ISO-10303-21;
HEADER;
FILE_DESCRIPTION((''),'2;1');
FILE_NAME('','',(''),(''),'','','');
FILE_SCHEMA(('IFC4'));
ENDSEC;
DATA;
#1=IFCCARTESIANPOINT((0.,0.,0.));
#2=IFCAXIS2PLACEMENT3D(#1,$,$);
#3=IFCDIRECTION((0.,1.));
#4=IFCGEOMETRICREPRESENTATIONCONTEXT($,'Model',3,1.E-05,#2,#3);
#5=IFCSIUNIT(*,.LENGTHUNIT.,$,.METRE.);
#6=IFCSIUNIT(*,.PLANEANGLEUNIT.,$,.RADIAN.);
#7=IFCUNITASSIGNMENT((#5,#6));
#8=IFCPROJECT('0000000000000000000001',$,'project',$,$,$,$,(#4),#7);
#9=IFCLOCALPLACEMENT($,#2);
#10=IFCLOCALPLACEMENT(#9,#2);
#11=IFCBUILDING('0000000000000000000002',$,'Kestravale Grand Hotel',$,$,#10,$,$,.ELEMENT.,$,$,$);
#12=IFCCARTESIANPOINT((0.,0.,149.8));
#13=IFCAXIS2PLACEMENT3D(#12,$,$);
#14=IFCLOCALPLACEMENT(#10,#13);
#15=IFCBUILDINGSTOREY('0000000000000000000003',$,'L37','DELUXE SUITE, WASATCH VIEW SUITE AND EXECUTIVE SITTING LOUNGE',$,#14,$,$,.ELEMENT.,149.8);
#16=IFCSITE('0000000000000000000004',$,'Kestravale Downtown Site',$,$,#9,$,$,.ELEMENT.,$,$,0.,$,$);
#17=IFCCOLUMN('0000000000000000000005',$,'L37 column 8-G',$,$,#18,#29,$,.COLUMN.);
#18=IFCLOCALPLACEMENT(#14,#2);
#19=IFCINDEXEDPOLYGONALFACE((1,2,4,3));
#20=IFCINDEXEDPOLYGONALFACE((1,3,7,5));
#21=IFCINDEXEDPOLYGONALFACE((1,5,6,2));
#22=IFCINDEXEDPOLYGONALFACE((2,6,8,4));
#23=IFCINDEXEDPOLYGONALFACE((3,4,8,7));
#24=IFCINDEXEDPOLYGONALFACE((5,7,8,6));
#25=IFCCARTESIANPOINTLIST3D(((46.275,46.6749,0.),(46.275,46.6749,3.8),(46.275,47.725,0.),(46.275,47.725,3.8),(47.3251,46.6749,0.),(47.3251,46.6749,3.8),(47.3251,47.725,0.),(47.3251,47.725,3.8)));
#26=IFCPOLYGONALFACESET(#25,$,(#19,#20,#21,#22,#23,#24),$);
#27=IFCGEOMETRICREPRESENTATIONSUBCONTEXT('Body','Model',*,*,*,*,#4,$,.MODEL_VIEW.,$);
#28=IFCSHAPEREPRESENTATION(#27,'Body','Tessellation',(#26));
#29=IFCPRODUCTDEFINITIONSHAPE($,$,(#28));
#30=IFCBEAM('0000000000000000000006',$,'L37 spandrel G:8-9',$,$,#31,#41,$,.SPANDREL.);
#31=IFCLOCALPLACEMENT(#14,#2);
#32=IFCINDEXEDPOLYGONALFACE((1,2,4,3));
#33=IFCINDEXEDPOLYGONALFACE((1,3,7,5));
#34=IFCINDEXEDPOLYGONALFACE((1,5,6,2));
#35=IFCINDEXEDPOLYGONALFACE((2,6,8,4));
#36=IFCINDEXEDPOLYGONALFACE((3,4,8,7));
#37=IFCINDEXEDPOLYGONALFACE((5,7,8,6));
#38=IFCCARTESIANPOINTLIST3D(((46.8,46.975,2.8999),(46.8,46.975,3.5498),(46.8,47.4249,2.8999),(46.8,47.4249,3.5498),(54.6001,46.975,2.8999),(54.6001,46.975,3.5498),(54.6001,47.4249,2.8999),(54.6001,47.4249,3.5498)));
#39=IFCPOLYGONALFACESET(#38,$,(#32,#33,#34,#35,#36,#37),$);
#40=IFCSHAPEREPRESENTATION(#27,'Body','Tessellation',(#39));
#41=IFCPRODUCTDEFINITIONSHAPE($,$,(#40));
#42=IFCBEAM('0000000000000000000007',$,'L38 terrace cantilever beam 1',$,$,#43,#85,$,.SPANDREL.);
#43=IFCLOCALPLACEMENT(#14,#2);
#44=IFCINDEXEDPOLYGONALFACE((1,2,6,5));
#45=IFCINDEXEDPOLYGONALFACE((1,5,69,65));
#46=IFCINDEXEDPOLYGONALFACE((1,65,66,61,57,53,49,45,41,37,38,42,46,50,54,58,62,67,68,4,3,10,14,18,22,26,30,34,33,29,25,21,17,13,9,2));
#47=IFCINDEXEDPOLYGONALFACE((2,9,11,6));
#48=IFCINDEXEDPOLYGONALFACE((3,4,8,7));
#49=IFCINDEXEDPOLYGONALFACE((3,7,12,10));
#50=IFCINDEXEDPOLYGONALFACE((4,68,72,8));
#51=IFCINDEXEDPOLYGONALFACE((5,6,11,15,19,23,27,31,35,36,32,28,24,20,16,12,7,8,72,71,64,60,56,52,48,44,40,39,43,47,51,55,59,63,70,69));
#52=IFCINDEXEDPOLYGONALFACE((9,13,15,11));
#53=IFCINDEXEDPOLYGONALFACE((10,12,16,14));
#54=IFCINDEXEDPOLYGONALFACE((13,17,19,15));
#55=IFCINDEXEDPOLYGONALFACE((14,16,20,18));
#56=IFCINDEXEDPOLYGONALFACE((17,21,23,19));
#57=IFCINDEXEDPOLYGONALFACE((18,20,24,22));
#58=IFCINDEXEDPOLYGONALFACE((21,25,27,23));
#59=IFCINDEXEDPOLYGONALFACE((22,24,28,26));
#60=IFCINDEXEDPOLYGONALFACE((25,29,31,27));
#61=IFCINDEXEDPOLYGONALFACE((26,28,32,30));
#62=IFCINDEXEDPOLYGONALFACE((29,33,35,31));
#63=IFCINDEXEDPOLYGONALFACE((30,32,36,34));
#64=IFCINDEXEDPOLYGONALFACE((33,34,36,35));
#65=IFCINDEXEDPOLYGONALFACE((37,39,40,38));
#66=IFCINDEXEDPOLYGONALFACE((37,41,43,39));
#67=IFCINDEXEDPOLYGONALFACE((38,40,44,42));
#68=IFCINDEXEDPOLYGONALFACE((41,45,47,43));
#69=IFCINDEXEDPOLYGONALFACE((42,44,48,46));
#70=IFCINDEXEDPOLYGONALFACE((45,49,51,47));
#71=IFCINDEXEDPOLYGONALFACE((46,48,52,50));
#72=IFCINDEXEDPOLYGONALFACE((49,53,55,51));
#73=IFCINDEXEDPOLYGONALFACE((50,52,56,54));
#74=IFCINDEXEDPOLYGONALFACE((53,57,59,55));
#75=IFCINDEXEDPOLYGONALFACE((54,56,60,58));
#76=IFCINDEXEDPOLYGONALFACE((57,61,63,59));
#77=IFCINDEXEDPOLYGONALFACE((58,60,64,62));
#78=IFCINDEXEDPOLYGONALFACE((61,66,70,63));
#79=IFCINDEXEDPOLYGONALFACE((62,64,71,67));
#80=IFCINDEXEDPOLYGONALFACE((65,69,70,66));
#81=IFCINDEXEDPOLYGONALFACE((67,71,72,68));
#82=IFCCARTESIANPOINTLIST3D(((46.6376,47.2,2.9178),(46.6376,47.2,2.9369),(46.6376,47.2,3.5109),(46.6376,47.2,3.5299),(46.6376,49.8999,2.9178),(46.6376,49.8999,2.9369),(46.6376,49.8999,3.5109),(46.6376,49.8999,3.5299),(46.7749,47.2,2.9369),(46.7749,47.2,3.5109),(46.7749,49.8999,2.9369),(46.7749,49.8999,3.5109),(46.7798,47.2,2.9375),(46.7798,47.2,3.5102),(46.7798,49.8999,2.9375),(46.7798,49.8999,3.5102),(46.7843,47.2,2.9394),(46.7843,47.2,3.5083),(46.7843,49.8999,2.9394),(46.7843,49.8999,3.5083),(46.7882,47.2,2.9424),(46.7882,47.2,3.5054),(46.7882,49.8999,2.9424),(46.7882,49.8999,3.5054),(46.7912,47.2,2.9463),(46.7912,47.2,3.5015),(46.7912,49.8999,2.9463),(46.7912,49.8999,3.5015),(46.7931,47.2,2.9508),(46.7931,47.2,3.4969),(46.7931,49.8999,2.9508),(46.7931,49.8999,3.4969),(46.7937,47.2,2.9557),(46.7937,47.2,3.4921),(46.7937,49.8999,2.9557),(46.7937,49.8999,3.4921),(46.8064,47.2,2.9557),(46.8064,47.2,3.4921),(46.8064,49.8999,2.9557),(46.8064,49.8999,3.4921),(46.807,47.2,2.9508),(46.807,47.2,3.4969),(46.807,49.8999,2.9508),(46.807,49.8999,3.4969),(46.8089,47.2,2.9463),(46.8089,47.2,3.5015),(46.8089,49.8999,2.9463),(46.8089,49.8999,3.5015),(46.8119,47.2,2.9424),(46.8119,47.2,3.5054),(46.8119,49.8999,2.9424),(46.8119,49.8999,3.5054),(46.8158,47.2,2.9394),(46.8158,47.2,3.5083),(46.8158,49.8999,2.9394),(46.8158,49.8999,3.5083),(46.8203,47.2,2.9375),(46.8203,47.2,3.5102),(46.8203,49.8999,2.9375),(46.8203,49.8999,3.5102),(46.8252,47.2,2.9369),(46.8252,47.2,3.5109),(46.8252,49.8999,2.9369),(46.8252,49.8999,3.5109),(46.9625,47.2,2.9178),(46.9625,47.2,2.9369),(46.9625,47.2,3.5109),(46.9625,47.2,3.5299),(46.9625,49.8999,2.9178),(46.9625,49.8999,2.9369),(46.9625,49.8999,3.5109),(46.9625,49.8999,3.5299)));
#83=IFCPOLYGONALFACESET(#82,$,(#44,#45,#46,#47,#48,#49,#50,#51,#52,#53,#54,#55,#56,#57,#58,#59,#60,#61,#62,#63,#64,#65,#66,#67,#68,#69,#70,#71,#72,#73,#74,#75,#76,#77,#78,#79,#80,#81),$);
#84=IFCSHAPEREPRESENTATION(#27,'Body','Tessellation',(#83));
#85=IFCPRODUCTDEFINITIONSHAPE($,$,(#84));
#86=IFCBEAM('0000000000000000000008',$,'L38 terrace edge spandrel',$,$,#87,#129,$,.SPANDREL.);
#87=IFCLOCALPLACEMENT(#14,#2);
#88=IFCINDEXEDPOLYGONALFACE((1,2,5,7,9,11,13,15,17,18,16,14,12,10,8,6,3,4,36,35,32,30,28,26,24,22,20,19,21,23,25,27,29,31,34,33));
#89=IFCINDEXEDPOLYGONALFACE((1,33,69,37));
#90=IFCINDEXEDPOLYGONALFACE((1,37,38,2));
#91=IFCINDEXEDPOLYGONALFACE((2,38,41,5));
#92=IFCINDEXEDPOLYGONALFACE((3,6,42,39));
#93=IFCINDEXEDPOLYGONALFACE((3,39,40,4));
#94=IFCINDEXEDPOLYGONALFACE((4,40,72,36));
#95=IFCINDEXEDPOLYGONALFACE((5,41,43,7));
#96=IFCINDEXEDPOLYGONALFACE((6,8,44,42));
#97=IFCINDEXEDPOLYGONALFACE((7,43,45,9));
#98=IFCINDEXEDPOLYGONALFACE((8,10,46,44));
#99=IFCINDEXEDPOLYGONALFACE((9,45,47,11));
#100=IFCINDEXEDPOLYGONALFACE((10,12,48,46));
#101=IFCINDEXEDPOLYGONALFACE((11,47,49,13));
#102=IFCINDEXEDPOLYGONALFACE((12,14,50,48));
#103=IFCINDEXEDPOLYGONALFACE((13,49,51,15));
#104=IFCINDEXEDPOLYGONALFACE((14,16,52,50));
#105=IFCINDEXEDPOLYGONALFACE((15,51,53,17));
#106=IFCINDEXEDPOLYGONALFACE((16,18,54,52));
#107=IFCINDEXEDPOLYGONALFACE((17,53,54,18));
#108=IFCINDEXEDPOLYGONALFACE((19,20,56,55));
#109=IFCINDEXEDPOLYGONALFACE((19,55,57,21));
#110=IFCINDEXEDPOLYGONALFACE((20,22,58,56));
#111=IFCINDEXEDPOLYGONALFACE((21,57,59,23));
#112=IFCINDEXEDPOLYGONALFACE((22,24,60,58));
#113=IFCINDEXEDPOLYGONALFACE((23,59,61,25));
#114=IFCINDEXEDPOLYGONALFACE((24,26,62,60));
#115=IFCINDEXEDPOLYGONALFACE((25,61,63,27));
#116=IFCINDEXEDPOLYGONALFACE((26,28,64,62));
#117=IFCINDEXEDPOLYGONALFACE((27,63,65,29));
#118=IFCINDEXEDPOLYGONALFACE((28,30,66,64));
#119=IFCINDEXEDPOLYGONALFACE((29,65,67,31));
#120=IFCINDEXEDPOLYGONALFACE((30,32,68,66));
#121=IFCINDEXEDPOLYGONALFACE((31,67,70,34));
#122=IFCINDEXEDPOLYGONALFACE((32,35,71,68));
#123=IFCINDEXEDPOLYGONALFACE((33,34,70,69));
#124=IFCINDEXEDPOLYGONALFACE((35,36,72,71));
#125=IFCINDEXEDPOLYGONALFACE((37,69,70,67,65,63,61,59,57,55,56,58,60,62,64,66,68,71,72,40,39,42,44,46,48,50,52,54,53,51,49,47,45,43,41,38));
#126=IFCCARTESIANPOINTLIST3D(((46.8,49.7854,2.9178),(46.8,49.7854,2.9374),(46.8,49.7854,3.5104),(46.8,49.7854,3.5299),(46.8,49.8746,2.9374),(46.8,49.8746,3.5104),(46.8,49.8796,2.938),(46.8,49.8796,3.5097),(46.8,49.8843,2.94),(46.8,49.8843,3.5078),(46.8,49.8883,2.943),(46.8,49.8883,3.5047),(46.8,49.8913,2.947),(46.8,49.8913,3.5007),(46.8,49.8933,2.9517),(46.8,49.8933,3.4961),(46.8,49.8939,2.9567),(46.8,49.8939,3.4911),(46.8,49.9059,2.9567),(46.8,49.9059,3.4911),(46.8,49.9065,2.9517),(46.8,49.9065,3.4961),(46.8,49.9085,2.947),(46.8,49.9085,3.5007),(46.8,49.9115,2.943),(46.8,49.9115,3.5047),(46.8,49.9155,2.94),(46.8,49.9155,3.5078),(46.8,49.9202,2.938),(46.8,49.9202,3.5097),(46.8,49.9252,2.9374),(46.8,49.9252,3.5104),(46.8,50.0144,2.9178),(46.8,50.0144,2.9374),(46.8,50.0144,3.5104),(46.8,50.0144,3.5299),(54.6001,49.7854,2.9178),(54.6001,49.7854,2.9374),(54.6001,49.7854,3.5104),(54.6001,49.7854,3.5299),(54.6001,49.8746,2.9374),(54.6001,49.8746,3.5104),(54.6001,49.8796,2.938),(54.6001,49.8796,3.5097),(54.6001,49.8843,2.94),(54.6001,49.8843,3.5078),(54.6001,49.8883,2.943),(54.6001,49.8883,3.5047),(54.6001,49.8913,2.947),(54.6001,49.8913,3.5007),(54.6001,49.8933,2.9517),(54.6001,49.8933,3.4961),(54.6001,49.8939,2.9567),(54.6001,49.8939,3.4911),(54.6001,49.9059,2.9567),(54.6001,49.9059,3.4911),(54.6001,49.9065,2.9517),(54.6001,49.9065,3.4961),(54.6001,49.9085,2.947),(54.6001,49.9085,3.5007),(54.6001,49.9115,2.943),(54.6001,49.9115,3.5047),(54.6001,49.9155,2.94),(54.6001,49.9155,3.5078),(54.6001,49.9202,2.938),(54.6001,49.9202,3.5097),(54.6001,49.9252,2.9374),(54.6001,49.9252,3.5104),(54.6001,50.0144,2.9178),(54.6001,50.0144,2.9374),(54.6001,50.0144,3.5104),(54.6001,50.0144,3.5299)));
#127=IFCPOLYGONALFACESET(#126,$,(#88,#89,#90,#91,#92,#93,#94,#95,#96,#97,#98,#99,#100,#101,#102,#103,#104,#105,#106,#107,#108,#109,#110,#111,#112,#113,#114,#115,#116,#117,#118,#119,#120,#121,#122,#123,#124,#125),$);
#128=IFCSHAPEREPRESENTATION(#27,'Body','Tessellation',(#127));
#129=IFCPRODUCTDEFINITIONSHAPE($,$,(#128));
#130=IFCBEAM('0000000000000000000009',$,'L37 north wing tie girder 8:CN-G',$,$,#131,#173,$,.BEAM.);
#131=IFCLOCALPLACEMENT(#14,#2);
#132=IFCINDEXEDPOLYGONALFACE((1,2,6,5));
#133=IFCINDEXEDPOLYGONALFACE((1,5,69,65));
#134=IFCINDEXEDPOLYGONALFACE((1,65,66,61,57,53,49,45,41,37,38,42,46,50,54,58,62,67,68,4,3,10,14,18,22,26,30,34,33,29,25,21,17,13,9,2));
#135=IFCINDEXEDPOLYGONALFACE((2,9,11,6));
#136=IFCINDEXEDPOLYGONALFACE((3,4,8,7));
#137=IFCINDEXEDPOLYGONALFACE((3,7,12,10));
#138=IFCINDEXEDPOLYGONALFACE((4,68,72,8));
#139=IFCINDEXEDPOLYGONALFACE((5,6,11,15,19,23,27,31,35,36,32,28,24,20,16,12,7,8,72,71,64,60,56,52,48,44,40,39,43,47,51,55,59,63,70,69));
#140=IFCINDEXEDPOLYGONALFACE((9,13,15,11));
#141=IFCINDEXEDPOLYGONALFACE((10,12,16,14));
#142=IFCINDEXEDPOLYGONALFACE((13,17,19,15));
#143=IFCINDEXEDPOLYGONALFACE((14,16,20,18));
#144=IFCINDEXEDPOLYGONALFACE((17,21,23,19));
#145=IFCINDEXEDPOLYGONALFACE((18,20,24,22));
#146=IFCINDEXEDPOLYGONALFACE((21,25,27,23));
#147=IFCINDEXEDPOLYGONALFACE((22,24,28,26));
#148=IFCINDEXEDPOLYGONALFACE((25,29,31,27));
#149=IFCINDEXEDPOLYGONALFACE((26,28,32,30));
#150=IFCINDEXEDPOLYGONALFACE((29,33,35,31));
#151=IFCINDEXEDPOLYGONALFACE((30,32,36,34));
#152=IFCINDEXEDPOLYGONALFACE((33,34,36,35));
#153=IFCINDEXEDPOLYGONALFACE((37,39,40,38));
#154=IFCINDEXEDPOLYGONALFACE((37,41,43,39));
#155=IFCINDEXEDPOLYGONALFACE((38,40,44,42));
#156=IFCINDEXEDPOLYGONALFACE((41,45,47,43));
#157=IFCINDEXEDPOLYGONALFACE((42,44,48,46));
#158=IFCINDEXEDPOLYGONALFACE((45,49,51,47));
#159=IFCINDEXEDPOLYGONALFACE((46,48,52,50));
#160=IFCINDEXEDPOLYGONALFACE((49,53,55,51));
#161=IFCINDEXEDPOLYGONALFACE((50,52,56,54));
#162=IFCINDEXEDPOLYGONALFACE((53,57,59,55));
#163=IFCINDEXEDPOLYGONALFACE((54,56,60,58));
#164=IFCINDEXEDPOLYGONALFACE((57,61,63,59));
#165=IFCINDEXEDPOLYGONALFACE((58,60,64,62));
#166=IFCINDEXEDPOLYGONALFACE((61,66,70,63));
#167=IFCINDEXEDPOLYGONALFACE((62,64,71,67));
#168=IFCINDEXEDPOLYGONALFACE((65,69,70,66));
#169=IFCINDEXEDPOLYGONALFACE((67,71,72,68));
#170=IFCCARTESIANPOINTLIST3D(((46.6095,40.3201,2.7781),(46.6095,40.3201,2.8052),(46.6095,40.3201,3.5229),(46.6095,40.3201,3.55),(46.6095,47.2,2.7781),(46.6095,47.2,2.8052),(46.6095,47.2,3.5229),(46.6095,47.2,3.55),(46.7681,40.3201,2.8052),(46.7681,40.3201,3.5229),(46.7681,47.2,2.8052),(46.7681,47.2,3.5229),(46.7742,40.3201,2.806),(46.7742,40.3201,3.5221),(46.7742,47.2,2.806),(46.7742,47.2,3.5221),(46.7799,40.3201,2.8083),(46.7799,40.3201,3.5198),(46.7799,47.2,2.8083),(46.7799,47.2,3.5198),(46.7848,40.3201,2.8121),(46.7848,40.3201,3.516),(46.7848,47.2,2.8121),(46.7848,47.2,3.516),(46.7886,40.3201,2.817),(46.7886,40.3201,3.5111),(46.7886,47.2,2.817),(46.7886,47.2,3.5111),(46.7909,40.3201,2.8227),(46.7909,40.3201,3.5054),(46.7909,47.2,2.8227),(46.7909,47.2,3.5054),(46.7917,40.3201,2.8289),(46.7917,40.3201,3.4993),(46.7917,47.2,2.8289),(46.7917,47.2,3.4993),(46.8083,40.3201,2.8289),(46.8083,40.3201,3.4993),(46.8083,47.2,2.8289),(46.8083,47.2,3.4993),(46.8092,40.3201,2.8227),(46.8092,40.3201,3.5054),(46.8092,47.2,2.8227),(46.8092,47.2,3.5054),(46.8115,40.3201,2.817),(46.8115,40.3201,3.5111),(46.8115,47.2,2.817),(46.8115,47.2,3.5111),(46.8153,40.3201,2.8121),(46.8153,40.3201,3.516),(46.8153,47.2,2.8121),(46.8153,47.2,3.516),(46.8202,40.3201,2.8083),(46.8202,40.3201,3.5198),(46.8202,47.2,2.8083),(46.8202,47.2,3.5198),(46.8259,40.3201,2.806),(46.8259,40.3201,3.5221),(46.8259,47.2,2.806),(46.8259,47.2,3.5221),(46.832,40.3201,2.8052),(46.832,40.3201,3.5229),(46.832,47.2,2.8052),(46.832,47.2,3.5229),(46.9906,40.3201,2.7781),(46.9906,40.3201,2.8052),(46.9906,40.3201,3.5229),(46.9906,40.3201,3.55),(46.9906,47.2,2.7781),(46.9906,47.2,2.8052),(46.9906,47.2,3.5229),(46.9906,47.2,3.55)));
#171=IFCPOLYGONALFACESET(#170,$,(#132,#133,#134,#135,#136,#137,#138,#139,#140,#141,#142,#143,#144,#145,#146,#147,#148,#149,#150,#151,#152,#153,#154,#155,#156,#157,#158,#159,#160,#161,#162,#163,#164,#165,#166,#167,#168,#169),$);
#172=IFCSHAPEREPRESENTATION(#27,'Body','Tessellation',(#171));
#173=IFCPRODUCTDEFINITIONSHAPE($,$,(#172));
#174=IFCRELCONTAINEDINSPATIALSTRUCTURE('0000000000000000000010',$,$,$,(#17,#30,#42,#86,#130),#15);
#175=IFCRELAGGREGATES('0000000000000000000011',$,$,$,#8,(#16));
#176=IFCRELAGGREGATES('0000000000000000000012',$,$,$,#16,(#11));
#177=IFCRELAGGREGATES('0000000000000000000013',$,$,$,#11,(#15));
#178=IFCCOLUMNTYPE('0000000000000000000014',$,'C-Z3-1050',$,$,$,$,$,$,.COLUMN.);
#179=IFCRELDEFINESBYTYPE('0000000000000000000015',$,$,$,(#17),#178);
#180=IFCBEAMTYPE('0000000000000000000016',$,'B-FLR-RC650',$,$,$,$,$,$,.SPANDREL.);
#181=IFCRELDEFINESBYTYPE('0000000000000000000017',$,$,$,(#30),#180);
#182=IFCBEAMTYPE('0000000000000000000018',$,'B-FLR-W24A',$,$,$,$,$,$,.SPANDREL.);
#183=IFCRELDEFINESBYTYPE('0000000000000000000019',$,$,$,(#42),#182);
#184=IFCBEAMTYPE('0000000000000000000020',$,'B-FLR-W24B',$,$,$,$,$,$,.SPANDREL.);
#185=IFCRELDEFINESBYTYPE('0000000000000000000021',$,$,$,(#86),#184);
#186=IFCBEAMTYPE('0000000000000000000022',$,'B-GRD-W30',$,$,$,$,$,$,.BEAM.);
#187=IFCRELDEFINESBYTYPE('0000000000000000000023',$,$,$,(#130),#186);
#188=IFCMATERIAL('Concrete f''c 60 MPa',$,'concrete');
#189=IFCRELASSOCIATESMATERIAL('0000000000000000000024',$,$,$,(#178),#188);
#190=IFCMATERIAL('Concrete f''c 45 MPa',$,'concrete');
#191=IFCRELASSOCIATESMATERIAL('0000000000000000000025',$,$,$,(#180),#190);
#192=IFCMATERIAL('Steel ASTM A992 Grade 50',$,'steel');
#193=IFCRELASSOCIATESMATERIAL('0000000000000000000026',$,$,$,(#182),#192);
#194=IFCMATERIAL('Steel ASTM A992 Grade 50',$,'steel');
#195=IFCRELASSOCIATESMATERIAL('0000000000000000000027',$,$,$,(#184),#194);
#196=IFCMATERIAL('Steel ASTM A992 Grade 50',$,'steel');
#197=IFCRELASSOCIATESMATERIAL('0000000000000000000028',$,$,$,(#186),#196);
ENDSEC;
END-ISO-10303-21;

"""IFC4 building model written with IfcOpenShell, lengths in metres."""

from ifc_helpers import new_model, si_unit, direction, frame, origin, origin_2d, place, context, subcontext, project, spatial, rectangle, i_section, extrude, material, material_profile, profile_set, type_object, element, save


model = new_model("IFC4")

# Units and contexts
model_context = context("Model", 3, precision=1e-05, world=origin(), true_north=direction((0.0, 1.0)))
body_context = subcontext(model_context, "Body", "Model", "MODEL_VIEW")
ifc_project = project(units=[si_unit("LENGTHUNIT", "METRE"), si_unit("PLANEANGLEUNIT", "RADIAN")], contexts=[model_context])

# Site, building, storey
site_placement = place(None, origin())
site = spatial("IfcSite", under=ifc_project, at=site_placement, Name="Kestravale Downtown Site", CompositionType="ELEMENT", RefElevation=0.0)
building_placement = place(site_placement, origin())
building = spatial("IfcBuilding", under=site, at=building_placement, Name="Kestravale Grand Hotel", CompositionType="ELEMENT")
storey_placement = place(building_placement, frame((0.0, 0.0, 149.8)))
storey = spatial("IfcBuildingStorey", under=building, at=storey_placement, Name="L37", Description="DELUXE SUITE, WASATCH VIEW SUITE AND EXECUTIVE SITTING LOUNGE", CompositionType="ELEMENT", Elevation=149.8)

# Column
ifc_material_1 = material(Name="Concrete f'c 60 MPa", Category="concrete")
ifc_material_profile_1 = material_profile(ifc_material_1, rectangle(XDim=1.05, YDim=1.05, at=origin_2d()))
ifc_profile_set_1 = profile_set([ifc_material_profile_1], Name="Concrete f'c 60 MPa")
column_type = type_object("IfcColumnType", Name="C-Z3-1050", PredefinedType="COLUMN", material=ifc_profile_set_1)
column_placement = place(storey_placement, frame((46.8, 47.2, 0.0), z_axis=(0.0, 0.0, 1.0), x_axis=(1.0, 0.0, 0.0)))
element("IfcColumn", 1, at=column_placement, inside=storey, type_object=column_type, Name="L37 column 8-G", PredefinedType="COLUMN", context=body_context, shape_type="SweptSolid", body=[
    extrude(rectangle(XDim=1.05, YDim=1.05, at=origin_2d()), origin(), (0.0, 0.0, 1.0), 3.8),
])

# Beams
ifc_material_2 = material(Name="Concrete f'c 45 MPa", Category="concrete")
ifc_material_profile_2 = material_profile(ifc_material_2, rectangle(XDim=0.45, YDim=0.6499, at=origin_2d()))
ifc_profile_set_2 = profile_set([ifc_material_profile_2], Name="Concrete f'c 45 MPa")
beam_type_1 = type_object("IfcBeamType", Name="B-FLR-RC650", PredefinedType="SPANDREL", material=ifc_profile_set_2)
beam_1_placement = place(storey_placement, frame((46.8, 47.2, 3.2249), z_axis=(1.0, 0.0, 0.0), x_axis=(0.0, 1.0, 0.0)))
element("IfcBeam", 2, at=beam_1_placement, inside=storey, type_object=beam_type_1, Name="L37 spandrel G:8-9", PredefinedType="SPANDREL", context=body_context, shape_type="SweptSolid", body=[
    extrude(rectangle(XDim=0.45, YDim=0.6499, at=origin_2d()), origin(), (0.0, 0.0, 1.0), 7.8),
])
ifc_material_3 = material(Name="Steel ASTM A992 Grade 50", Category="steel")
ifc_material_profile_3 = material_profile(ifc_material_3, i_section(OverallWidth=0.325, OverallDepth=0.6121, WebThickness=0.0127, FlangeThickness=0.019, FilletRadius=0.0188, at=origin_2d()))
ifc_profile_set_3 = profile_set([ifc_material_profile_3], Name="Steel ASTM A992 Grade 50")
beam_type_2 = type_object("IfcBeamType", Name="B-FLR-W24A", PredefinedType="SPANDREL", material=ifc_profile_set_3)
beam_2_placement = place(storey_placement, frame((46.8, 47.2, 3.2239), z_axis=(0.0, 1.0, 0.0), x_axis=(-1.0, 0.0, 0.0)))
element("IfcBeam", 3, at=beam_2_placement, inside=storey, type_object=beam_type_2, Name="L38 terrace cantilever beam 1", PredefinedType="SPANDREL", context=body_context, shape_type="SweptSolid", body=[
    extrude(i_section(OverallWidth=0.325, OverallDepth=0.6121, WebThickness=0.0127, FlangeThickness=0.019, FilletRadius=0.0188, at=origin_2d()), origin(), (0.0, 0.0, 1.0), 2.7),
])
ifc_material_4 = material(Name="Steel ASTM A992 Grade 50", Category="steel")
ifc_material_profile_4 = material_profile(ifc_material_4, i_section(OverallWidth=0.229, OverallDepth=0.6121, WebThickness=0.012, FlangeThickness=0.0195, FilletRadius=0.0193, at=origin_2d()))
ifc_profile_set_4 = profile_set([ifc_material_profile_4], Name="Steel ASTM A992 Grade 50")
beam_type_3 = type_object("IfcBeamType", Name="B-FLR-W24B", PredefinedType="SPANDREL", material=ifc_profile_set_4)
beam_3_placement = place(storey_placement, frame((46.8, 49.8999, 3.2239), z_axis=(1.0, 0.0, 0.0), x_axis=(0.0, 1.0, 0.0)))
element("IfcBeam", 4, at=beam_3_placement, inside=storey, type_object=beam_type_3, Name="L38 terrace edge spandrel", PredefinedType="SPANDREL", context=body_context, shape_type="SweptSolid", body=[
    extrude(i_section(OverallWidth=0.229, OverallDepth=0.6121, WebThickness=0.012, FlangeThickness=0.0195, FilletRadius=0.0193, at=origin_2d()), origin(), (0.0, 0.0, 1.0), 7.8),
])
ifc_material_5 = material(Name="Steel ASTM A992 Grade 50", Category="steel")
ifc_material_profile_5 = material_profile(ifc_material_5, i_section(OverallWidth=0.3811, OverallDepth=0.772, WebThickness=0.0166, FlangeThickness=0.0271, FilletRadius=0.0237, at=origin_2d()))
ifc_profile_set_5 = profile_set([ifc_material_profile_5], Name="Steel ASTM A992 Grade 50")
beam_type_4 = type_object("IfcBeamType", Name="B-GRD-W30", PredefinedType="BEAM", material=ifc_profile_set_5)
beam_4_placement = place(storey_placement, frame((46.8, 40.3201, 3.1641), z_axis=(0.0, 1.0, 0.0), x_axis=(-1.0, 0.0, 0.0)))
element("IfcBeam", 5, at=beam_4_placement, inside=storey, type_object=beam_type_4, Name="L37 north wing tie girder 8:CN-G", PredefinedType="BEAM", context=body_context, shape_type="SweptSolid", body=[
    extrude(i_section(OverallWidth=0.3811, OverallDepth=0.772, WebThickness=0.0166, FlangeThickness=0.0271, FilletRadius=0.0237, at=origin_2d()), origin(), (0.0, 0.0, 1.0), 6.8799),
])

save(model, "model.ifc")
